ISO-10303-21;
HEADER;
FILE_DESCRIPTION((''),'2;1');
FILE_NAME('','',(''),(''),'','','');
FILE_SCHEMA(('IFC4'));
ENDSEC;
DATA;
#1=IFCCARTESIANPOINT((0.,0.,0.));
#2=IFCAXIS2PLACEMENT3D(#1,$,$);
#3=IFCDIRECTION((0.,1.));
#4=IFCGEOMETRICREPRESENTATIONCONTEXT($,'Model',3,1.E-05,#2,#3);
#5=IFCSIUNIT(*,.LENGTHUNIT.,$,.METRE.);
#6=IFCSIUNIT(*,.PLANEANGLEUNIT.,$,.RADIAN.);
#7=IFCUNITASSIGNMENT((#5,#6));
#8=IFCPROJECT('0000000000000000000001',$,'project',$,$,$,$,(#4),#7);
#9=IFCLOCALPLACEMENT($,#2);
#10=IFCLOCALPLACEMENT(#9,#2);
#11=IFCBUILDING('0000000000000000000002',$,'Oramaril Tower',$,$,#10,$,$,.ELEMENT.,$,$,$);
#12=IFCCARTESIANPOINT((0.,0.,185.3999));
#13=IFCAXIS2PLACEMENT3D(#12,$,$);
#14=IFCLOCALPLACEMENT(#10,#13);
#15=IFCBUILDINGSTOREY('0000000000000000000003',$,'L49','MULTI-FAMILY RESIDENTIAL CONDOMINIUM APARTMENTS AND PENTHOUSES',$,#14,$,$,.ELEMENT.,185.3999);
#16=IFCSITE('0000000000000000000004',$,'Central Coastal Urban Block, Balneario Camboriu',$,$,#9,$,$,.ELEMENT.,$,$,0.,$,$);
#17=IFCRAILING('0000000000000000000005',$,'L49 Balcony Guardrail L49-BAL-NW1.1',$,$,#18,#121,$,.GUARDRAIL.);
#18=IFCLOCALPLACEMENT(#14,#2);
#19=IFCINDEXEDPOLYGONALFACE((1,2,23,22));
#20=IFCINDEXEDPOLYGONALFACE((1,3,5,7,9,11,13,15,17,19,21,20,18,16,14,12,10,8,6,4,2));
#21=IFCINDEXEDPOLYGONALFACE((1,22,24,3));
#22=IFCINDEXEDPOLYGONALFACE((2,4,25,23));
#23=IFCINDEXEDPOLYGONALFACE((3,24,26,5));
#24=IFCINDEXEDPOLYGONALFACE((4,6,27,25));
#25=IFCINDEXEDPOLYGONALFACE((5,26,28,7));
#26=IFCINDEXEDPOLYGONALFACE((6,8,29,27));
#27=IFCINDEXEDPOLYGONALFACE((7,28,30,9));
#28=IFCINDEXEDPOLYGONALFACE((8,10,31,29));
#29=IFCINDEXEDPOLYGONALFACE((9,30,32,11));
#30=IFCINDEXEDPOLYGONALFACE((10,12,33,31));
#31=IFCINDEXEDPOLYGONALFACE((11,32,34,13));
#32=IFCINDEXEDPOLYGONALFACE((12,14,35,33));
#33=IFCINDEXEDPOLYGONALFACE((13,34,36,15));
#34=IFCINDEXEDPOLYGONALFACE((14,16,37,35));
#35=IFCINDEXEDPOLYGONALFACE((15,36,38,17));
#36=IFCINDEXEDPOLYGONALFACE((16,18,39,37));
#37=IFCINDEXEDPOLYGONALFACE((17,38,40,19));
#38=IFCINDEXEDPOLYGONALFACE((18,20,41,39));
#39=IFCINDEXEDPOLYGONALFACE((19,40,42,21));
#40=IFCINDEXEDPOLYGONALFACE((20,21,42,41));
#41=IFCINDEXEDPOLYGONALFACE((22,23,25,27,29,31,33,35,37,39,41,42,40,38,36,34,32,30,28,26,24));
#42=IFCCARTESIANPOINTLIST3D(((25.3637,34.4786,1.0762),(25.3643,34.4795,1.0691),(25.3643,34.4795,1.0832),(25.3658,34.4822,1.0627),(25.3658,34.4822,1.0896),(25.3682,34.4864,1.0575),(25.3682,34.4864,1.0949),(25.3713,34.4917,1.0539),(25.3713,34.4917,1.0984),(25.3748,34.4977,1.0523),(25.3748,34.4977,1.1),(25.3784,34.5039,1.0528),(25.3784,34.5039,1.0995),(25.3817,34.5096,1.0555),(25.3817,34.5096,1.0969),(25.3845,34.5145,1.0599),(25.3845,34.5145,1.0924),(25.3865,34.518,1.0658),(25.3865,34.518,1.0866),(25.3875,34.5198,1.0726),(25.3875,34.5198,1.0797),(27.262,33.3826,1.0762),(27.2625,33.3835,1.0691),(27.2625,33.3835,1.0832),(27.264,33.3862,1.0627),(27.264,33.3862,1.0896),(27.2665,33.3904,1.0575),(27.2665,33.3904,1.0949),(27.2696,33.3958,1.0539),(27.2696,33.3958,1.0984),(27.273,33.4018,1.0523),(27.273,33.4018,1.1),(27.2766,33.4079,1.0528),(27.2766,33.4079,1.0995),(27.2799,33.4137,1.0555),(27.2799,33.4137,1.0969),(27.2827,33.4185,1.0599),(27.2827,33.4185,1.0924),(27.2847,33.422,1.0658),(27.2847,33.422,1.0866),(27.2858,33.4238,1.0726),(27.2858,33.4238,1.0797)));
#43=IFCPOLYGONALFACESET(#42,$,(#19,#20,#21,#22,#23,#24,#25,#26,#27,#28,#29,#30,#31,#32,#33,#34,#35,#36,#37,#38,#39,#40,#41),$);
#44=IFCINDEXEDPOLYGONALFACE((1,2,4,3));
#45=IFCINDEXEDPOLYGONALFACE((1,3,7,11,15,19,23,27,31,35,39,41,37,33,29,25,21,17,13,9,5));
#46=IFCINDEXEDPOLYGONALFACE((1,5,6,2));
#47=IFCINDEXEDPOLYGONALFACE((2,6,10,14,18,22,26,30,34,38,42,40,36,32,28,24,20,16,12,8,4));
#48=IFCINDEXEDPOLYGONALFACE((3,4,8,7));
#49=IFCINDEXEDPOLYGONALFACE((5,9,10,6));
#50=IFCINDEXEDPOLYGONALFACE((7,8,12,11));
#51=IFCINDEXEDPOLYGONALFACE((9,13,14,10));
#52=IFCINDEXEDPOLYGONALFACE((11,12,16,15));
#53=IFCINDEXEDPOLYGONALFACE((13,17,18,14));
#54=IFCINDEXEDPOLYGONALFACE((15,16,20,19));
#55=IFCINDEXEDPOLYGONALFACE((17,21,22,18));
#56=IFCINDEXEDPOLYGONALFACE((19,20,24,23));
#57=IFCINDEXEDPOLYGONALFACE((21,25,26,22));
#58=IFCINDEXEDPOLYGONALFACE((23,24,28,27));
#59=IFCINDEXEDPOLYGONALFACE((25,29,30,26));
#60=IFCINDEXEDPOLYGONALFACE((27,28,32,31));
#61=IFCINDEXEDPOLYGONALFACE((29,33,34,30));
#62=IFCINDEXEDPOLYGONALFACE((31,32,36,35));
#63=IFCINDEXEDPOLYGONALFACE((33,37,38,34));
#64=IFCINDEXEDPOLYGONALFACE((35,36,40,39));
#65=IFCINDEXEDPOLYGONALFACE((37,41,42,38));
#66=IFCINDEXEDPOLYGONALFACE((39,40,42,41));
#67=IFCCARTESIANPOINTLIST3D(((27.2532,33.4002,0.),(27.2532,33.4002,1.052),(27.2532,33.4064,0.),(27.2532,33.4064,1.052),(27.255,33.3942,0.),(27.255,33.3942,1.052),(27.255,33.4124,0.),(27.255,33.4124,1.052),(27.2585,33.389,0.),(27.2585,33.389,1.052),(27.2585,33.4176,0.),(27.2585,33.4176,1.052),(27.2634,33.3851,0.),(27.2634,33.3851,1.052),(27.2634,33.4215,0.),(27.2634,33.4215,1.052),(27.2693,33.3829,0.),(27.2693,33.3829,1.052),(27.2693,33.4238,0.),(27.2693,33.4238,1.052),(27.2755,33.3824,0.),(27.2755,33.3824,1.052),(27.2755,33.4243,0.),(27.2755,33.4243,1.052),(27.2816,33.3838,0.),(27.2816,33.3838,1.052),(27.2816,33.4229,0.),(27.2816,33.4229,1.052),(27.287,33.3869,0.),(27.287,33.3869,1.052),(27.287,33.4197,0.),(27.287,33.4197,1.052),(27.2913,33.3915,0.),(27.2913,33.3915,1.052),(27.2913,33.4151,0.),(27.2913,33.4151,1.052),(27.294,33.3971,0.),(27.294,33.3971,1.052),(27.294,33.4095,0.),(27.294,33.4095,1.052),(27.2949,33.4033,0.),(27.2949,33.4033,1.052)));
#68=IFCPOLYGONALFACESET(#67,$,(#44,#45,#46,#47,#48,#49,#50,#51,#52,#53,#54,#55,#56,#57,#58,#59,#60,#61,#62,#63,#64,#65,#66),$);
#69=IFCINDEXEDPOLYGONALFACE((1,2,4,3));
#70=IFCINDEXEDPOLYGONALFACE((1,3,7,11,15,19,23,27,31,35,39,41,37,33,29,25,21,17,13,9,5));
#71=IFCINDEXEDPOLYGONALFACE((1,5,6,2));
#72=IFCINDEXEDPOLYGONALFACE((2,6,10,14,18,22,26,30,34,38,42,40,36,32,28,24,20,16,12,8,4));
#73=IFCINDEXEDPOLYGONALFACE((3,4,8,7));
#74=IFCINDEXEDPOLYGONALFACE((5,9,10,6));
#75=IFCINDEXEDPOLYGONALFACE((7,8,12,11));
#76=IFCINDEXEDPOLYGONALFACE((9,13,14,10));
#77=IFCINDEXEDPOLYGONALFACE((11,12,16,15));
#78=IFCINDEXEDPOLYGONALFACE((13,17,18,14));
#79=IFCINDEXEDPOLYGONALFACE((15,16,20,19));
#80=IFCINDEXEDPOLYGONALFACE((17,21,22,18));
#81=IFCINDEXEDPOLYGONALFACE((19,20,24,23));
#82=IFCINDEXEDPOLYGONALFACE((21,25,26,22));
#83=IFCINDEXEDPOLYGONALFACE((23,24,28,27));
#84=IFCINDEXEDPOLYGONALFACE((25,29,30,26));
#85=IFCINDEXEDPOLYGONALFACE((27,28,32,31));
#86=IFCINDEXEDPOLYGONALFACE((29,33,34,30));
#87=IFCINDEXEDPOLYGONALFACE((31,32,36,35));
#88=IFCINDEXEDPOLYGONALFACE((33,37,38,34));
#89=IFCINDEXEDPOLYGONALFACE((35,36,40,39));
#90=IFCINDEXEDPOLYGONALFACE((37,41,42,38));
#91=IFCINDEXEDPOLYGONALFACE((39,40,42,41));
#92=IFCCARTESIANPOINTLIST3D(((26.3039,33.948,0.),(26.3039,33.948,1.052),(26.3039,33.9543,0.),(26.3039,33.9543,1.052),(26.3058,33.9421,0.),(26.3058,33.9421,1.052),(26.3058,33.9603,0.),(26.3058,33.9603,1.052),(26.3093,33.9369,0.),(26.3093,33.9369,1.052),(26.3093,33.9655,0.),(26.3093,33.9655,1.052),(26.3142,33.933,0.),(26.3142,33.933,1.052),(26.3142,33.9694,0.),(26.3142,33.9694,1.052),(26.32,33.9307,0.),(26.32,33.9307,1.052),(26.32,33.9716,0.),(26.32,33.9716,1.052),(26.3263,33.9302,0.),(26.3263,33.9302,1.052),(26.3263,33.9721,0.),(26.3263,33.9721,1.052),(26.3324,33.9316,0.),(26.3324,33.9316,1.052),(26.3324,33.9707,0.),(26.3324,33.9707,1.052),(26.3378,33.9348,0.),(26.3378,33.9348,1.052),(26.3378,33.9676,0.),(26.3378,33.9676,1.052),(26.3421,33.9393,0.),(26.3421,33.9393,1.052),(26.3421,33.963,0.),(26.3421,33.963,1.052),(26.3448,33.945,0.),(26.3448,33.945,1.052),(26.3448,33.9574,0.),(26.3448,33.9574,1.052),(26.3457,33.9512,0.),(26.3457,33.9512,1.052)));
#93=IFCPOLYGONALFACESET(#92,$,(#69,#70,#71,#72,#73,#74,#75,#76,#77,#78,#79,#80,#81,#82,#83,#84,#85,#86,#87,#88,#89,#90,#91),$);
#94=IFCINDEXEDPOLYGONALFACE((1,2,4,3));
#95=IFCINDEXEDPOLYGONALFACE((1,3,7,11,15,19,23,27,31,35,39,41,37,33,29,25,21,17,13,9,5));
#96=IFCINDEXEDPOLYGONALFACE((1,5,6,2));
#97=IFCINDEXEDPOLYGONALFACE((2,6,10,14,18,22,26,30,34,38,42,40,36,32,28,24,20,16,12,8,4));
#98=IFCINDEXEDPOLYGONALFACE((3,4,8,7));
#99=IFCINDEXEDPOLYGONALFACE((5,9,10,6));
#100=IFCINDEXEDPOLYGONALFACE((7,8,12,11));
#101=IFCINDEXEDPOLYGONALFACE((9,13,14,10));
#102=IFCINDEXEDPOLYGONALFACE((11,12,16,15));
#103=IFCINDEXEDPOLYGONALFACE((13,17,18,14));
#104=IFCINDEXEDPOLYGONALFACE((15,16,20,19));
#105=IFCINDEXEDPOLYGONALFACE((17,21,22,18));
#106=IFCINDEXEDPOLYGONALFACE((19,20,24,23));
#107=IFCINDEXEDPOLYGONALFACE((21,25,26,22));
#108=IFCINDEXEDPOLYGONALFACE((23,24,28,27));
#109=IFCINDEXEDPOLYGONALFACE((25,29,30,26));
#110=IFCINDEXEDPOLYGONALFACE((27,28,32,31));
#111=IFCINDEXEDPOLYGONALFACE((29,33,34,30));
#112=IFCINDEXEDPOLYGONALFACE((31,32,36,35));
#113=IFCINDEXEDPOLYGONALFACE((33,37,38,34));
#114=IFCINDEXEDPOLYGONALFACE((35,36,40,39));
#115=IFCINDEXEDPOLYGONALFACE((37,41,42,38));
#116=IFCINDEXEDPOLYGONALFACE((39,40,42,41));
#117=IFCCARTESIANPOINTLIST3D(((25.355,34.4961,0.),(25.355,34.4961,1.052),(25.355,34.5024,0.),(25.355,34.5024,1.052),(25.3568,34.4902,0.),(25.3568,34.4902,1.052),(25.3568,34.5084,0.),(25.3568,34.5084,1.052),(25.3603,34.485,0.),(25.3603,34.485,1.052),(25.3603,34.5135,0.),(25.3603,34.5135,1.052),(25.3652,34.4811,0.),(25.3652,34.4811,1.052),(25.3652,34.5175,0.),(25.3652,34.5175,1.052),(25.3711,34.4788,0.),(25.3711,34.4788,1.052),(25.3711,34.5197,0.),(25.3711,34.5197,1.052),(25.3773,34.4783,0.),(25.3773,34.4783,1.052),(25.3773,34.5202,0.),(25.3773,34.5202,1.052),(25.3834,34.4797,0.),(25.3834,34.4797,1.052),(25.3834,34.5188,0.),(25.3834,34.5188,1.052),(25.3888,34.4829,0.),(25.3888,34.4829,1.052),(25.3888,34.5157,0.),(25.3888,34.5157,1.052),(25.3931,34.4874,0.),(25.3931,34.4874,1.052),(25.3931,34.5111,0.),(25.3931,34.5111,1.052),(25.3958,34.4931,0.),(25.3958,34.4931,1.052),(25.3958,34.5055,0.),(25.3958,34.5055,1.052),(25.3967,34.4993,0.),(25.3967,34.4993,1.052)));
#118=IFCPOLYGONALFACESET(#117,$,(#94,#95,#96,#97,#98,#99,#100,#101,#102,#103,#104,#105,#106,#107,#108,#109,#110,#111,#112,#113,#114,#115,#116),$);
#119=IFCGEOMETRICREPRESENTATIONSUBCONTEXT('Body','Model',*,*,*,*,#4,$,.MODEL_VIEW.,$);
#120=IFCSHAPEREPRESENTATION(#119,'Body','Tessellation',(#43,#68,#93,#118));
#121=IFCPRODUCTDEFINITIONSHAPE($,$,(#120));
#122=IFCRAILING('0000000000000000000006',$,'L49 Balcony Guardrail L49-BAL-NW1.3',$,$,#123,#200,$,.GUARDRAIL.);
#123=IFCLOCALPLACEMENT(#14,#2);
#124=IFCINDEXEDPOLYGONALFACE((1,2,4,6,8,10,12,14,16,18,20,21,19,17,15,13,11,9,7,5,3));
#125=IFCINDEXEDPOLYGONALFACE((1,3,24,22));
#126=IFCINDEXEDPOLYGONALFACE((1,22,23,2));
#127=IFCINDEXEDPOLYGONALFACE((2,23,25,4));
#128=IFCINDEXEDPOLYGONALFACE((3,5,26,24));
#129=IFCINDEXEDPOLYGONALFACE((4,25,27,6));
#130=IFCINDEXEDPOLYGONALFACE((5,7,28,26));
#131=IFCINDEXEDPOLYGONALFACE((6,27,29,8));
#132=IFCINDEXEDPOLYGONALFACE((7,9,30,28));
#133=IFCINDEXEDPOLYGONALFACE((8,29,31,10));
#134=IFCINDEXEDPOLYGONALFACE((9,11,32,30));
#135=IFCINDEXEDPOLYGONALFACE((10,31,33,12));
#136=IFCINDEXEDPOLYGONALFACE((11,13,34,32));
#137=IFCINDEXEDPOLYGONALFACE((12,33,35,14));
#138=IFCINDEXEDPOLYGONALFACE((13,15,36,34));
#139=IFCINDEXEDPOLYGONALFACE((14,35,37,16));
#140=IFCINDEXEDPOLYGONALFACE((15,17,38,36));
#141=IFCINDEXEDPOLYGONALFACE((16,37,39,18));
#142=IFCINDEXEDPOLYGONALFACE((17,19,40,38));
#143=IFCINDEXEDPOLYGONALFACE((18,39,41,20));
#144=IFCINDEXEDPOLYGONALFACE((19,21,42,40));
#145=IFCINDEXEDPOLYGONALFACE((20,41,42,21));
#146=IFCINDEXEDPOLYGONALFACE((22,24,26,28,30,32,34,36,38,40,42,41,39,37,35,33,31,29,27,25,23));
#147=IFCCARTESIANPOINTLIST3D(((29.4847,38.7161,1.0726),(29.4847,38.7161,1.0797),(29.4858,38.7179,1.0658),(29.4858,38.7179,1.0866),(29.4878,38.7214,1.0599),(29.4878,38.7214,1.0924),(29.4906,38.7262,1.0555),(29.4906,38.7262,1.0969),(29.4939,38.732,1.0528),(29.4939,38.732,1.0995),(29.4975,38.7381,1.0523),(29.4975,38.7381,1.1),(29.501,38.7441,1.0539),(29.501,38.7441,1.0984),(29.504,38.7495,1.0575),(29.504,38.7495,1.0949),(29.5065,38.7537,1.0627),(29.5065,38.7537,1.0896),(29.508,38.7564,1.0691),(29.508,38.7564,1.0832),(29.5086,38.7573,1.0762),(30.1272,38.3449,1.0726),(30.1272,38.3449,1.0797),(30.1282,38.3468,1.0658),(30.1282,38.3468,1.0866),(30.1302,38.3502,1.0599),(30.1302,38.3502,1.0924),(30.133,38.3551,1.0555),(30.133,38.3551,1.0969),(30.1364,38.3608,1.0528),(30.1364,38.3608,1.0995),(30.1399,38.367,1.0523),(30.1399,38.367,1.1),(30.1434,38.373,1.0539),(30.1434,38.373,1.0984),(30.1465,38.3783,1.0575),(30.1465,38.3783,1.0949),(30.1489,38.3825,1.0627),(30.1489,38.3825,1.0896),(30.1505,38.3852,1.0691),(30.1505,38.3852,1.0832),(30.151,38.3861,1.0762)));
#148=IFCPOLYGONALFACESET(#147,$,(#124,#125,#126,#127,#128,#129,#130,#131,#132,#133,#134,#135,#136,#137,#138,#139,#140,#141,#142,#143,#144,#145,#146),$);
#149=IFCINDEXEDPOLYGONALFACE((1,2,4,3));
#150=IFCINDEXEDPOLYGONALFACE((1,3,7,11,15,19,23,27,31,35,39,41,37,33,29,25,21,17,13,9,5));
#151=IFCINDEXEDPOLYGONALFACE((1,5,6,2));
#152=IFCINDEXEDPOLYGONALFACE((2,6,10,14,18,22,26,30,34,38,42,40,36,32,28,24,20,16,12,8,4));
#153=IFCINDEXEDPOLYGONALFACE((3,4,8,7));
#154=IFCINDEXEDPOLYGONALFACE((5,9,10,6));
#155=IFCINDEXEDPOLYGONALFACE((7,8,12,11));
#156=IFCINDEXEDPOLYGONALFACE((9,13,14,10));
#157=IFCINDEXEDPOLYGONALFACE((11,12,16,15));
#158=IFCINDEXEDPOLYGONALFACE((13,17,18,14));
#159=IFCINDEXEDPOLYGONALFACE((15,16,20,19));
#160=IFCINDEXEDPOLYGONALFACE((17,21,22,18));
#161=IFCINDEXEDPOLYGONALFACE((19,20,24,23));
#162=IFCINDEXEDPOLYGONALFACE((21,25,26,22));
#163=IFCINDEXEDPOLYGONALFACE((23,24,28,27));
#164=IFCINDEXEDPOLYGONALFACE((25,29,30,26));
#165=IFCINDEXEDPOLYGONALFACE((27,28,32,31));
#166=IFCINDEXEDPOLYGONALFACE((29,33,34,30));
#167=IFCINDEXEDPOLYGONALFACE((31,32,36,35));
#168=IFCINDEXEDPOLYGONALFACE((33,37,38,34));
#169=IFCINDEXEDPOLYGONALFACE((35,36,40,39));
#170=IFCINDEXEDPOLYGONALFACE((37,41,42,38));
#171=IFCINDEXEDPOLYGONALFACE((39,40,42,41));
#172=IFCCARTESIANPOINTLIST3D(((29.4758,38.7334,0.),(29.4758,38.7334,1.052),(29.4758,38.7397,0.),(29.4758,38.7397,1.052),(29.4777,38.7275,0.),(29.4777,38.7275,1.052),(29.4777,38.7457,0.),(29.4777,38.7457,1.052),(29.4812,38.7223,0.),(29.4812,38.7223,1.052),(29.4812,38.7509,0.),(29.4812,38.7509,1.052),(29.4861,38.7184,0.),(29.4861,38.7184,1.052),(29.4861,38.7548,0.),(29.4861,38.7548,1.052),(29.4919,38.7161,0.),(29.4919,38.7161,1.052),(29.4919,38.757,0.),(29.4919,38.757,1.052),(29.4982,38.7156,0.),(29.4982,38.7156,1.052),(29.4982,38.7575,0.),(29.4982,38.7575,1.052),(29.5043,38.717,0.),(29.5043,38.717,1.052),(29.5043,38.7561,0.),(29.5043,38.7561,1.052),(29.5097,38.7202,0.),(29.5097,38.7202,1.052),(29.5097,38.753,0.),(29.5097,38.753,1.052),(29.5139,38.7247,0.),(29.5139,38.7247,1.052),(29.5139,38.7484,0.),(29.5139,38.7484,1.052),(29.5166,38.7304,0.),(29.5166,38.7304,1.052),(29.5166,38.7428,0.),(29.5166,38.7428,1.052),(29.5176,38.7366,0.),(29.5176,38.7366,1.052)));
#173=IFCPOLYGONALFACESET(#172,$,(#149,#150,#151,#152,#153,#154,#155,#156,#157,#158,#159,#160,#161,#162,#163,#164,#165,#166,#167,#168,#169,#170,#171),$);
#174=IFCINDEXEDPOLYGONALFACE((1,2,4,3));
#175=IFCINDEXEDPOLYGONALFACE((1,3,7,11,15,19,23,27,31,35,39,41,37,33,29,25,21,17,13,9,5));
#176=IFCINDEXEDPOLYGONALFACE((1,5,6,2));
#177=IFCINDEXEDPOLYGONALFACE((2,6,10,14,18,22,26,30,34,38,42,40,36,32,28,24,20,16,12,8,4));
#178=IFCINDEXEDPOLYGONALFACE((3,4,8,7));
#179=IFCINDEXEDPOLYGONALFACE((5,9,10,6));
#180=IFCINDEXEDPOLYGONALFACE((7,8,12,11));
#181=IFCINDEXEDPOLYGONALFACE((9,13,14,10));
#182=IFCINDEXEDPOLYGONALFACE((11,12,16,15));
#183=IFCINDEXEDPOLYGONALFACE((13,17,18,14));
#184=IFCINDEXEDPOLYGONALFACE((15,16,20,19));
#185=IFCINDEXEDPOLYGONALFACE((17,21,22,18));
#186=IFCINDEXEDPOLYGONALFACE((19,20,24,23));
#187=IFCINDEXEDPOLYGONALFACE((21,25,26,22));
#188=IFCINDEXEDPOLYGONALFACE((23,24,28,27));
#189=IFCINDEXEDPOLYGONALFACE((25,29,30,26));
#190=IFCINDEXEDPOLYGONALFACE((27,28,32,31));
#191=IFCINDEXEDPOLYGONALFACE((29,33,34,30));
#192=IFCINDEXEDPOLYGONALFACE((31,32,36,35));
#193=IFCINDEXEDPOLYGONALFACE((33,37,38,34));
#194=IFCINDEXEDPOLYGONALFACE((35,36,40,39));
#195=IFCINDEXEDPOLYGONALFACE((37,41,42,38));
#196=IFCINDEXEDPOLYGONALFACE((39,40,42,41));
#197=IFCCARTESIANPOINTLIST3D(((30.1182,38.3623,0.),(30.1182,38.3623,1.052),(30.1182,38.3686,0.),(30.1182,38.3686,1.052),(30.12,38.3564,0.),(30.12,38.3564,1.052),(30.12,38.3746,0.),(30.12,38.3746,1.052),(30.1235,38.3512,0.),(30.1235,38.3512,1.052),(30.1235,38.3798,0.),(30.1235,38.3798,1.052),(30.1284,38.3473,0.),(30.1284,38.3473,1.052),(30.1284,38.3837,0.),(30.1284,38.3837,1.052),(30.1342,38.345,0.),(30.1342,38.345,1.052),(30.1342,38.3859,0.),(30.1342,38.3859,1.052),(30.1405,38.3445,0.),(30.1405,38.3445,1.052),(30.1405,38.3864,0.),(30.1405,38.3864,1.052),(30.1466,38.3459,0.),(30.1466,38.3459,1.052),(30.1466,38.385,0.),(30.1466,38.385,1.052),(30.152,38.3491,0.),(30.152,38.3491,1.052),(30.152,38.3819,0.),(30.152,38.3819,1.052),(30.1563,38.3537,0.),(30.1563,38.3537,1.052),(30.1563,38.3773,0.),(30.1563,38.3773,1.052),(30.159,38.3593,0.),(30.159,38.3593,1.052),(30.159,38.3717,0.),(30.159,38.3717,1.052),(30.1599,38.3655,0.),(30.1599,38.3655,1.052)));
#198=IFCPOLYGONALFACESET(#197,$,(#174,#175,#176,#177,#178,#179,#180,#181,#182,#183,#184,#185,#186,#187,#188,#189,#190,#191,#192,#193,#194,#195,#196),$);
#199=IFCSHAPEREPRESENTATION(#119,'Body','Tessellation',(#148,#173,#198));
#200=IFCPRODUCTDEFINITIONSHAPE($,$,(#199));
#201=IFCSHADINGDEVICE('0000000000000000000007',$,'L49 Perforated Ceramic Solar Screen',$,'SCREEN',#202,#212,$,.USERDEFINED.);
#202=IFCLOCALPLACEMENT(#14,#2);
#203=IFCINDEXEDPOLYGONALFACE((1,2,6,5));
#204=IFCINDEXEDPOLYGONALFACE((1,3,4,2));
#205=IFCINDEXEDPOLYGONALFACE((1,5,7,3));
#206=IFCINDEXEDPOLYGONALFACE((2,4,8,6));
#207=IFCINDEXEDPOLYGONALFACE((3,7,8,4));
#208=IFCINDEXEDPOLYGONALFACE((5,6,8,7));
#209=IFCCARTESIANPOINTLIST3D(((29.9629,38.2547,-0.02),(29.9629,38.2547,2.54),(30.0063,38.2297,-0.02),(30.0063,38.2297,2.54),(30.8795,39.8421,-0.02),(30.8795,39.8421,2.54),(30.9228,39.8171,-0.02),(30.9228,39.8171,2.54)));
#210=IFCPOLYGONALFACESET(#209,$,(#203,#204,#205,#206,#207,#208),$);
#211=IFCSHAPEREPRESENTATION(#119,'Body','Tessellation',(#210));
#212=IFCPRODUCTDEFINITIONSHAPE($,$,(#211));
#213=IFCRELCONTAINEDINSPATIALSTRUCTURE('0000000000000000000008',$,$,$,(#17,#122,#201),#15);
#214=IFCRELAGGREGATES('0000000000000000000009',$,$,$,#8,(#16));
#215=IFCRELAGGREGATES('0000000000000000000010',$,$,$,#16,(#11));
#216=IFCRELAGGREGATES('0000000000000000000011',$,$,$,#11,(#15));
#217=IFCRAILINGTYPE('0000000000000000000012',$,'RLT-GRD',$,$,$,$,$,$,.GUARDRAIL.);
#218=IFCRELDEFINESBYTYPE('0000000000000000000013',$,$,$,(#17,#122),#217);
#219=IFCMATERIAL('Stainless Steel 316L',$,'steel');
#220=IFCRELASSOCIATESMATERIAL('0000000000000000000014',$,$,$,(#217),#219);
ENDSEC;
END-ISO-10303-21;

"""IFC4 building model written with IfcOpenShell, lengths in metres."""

from ifc_helpers import new_model, si_unit, direction, frame, origin, origin_2d, place, context, subcontext, project, spatial, rectangle, circle, extrude, material, type_object, element, save


model = new_model("IFC4")

# Units and contexts
model_context = context("Model", 3, precision=1e-05, world=origin(), true_north=direction((0.0, 1.0)))
body_context = subcontext(model_context, "Body", "Model", "MODEL_VIEW")
ifc_project = project(units=[si_unit("LENGTHUNIT", "METRE"), si_unit("PLANEANGLEUNIT", "RADIAN")], contexts=[model_context])

# Site, building, storey
site_placement = place(None, origin())
site = spatial("IfcSite", under=ifc_project, at=site_placement, Name="Central Coastal Urban Block, Balneario Camboriu", CompositionType="ELEMENT", RefElevation=0.0)
building_placement = place(site_placement, origin())
building = spatial("IfcBuilding", under=site, at=building_placement, Name="Oramaril Tower", CompositionType="ELEMENT")
storey_placement = place(building_placement, frame((0.0, 0.0, 185.3999)))
storey = spatial("IfcBuildingStorey", under=building, at=storey_placement, Name="L49", Description="MULTI-FAMILY RESIDENTIAL CONDOMINIUM APARTMENTS AND PENTHOUSES", CompositionType="ELEMENT", Elevation=185.3999)

# Railings
ifc_material_1 = material(Name="Stainless Steel 316L", Category="steel")
railing_type = type_object("IfcRailingType", Name="RLT-GRD", PredefinedType="GUARDRAIL", material=ifc_material_1)
railing_1_placement = place(storey_placement, frame((27.2739, 33.4033, 0.0)))
element("IfcRailing", 1, at=railing_1_placement, inside=storey, type_object=railing_type, Name="L49 Balcony Guardrail L49-BAL-NW1.1", PredefinedType="GUARDRAIL", context=body_context, shape_type="SweptSolid", body=[
    extrude(circle(Radius=0.0239, at=origin_2d()), frame((0.0, 0.0, 1.0762), z_axis=(-0.866021, 0.500008, 0.0), x_axis=(-0.500008, -0.866021, 0.0)), (0.0, 0.0, 1.0), 2.1919),
    extrude(circle(Radius=0.021, at=origin_2d()), origin(), (0.0, 0.0, 1.0), 1.052),
    extrude(circle(Radius=0.021, at=origin_2d()), frame((-0.9492, 0.5479, 0.0)), (0.0, 0.0, 1.0), 1.052),
    extrude(circle(Radius=0.021, at=origin_2d()), frame((-1.8982, 1.0959, 0.0)), (0.0, 0.0, 1.0), 1.052),
])
railing_2_placement = place(storey_placement, frame((29.4966, 38.7366, 0.0)))
element("IfcRailing", 2, at=railing_2_placement, inside=storey, type_object=railing_type, Name="L49 Balcony Guardrail L49-BAL-NW1.3", PredefinedType="GUARDRAIL", context=body_context, shape_type="SweptSolid", body=[
    extrude(circle(Radius=0.0239, at=origin_2d()), frame((0.0, 0.0, 1.0762), z_axis=(0.865884, -0.500245, 0.0), x_axis=(0.500245, 0.865884, 0.0)), (0.0, 0.0, 1.0), 0.7419),
    extrude(circle(Radius=0.021, at=origin_2d()), origin(), (0.0, 0.0, 1.0), 1.052),
    extrude(circle(Radius=0.021, at=origin_2d()), frame((0.6423, -0.3711, 0.0)), (0.0, 0.0, 1.0), 1.052),
])

# Shading device
for number, where, z_axis, x_axis, name in (
    (3, (30.4429, 39.0359, -0.02), (0.0, 0.0, 1.0), (-0.5, -0.866025, 0.0), "L49 Perforated Ceramic Solar Screen"),
):
    element("IfcShadingDevice", number, at=place(storey_placement, frame(where, z_axis=z_axis, x_axis=x_axis)), inside=storey, Name=name, ObjectType="SCREEN", PredefinedType="USERDEFINED", context=body_context, shape_type="SweptSolid", body=[
        extrude(rectangle(XDim=1.833, YDim=0.05, at=origin_2d()), origin(), (0.0, 0.0, 1.0), 2.5601),
    ])

save(model, "model.ifc")
